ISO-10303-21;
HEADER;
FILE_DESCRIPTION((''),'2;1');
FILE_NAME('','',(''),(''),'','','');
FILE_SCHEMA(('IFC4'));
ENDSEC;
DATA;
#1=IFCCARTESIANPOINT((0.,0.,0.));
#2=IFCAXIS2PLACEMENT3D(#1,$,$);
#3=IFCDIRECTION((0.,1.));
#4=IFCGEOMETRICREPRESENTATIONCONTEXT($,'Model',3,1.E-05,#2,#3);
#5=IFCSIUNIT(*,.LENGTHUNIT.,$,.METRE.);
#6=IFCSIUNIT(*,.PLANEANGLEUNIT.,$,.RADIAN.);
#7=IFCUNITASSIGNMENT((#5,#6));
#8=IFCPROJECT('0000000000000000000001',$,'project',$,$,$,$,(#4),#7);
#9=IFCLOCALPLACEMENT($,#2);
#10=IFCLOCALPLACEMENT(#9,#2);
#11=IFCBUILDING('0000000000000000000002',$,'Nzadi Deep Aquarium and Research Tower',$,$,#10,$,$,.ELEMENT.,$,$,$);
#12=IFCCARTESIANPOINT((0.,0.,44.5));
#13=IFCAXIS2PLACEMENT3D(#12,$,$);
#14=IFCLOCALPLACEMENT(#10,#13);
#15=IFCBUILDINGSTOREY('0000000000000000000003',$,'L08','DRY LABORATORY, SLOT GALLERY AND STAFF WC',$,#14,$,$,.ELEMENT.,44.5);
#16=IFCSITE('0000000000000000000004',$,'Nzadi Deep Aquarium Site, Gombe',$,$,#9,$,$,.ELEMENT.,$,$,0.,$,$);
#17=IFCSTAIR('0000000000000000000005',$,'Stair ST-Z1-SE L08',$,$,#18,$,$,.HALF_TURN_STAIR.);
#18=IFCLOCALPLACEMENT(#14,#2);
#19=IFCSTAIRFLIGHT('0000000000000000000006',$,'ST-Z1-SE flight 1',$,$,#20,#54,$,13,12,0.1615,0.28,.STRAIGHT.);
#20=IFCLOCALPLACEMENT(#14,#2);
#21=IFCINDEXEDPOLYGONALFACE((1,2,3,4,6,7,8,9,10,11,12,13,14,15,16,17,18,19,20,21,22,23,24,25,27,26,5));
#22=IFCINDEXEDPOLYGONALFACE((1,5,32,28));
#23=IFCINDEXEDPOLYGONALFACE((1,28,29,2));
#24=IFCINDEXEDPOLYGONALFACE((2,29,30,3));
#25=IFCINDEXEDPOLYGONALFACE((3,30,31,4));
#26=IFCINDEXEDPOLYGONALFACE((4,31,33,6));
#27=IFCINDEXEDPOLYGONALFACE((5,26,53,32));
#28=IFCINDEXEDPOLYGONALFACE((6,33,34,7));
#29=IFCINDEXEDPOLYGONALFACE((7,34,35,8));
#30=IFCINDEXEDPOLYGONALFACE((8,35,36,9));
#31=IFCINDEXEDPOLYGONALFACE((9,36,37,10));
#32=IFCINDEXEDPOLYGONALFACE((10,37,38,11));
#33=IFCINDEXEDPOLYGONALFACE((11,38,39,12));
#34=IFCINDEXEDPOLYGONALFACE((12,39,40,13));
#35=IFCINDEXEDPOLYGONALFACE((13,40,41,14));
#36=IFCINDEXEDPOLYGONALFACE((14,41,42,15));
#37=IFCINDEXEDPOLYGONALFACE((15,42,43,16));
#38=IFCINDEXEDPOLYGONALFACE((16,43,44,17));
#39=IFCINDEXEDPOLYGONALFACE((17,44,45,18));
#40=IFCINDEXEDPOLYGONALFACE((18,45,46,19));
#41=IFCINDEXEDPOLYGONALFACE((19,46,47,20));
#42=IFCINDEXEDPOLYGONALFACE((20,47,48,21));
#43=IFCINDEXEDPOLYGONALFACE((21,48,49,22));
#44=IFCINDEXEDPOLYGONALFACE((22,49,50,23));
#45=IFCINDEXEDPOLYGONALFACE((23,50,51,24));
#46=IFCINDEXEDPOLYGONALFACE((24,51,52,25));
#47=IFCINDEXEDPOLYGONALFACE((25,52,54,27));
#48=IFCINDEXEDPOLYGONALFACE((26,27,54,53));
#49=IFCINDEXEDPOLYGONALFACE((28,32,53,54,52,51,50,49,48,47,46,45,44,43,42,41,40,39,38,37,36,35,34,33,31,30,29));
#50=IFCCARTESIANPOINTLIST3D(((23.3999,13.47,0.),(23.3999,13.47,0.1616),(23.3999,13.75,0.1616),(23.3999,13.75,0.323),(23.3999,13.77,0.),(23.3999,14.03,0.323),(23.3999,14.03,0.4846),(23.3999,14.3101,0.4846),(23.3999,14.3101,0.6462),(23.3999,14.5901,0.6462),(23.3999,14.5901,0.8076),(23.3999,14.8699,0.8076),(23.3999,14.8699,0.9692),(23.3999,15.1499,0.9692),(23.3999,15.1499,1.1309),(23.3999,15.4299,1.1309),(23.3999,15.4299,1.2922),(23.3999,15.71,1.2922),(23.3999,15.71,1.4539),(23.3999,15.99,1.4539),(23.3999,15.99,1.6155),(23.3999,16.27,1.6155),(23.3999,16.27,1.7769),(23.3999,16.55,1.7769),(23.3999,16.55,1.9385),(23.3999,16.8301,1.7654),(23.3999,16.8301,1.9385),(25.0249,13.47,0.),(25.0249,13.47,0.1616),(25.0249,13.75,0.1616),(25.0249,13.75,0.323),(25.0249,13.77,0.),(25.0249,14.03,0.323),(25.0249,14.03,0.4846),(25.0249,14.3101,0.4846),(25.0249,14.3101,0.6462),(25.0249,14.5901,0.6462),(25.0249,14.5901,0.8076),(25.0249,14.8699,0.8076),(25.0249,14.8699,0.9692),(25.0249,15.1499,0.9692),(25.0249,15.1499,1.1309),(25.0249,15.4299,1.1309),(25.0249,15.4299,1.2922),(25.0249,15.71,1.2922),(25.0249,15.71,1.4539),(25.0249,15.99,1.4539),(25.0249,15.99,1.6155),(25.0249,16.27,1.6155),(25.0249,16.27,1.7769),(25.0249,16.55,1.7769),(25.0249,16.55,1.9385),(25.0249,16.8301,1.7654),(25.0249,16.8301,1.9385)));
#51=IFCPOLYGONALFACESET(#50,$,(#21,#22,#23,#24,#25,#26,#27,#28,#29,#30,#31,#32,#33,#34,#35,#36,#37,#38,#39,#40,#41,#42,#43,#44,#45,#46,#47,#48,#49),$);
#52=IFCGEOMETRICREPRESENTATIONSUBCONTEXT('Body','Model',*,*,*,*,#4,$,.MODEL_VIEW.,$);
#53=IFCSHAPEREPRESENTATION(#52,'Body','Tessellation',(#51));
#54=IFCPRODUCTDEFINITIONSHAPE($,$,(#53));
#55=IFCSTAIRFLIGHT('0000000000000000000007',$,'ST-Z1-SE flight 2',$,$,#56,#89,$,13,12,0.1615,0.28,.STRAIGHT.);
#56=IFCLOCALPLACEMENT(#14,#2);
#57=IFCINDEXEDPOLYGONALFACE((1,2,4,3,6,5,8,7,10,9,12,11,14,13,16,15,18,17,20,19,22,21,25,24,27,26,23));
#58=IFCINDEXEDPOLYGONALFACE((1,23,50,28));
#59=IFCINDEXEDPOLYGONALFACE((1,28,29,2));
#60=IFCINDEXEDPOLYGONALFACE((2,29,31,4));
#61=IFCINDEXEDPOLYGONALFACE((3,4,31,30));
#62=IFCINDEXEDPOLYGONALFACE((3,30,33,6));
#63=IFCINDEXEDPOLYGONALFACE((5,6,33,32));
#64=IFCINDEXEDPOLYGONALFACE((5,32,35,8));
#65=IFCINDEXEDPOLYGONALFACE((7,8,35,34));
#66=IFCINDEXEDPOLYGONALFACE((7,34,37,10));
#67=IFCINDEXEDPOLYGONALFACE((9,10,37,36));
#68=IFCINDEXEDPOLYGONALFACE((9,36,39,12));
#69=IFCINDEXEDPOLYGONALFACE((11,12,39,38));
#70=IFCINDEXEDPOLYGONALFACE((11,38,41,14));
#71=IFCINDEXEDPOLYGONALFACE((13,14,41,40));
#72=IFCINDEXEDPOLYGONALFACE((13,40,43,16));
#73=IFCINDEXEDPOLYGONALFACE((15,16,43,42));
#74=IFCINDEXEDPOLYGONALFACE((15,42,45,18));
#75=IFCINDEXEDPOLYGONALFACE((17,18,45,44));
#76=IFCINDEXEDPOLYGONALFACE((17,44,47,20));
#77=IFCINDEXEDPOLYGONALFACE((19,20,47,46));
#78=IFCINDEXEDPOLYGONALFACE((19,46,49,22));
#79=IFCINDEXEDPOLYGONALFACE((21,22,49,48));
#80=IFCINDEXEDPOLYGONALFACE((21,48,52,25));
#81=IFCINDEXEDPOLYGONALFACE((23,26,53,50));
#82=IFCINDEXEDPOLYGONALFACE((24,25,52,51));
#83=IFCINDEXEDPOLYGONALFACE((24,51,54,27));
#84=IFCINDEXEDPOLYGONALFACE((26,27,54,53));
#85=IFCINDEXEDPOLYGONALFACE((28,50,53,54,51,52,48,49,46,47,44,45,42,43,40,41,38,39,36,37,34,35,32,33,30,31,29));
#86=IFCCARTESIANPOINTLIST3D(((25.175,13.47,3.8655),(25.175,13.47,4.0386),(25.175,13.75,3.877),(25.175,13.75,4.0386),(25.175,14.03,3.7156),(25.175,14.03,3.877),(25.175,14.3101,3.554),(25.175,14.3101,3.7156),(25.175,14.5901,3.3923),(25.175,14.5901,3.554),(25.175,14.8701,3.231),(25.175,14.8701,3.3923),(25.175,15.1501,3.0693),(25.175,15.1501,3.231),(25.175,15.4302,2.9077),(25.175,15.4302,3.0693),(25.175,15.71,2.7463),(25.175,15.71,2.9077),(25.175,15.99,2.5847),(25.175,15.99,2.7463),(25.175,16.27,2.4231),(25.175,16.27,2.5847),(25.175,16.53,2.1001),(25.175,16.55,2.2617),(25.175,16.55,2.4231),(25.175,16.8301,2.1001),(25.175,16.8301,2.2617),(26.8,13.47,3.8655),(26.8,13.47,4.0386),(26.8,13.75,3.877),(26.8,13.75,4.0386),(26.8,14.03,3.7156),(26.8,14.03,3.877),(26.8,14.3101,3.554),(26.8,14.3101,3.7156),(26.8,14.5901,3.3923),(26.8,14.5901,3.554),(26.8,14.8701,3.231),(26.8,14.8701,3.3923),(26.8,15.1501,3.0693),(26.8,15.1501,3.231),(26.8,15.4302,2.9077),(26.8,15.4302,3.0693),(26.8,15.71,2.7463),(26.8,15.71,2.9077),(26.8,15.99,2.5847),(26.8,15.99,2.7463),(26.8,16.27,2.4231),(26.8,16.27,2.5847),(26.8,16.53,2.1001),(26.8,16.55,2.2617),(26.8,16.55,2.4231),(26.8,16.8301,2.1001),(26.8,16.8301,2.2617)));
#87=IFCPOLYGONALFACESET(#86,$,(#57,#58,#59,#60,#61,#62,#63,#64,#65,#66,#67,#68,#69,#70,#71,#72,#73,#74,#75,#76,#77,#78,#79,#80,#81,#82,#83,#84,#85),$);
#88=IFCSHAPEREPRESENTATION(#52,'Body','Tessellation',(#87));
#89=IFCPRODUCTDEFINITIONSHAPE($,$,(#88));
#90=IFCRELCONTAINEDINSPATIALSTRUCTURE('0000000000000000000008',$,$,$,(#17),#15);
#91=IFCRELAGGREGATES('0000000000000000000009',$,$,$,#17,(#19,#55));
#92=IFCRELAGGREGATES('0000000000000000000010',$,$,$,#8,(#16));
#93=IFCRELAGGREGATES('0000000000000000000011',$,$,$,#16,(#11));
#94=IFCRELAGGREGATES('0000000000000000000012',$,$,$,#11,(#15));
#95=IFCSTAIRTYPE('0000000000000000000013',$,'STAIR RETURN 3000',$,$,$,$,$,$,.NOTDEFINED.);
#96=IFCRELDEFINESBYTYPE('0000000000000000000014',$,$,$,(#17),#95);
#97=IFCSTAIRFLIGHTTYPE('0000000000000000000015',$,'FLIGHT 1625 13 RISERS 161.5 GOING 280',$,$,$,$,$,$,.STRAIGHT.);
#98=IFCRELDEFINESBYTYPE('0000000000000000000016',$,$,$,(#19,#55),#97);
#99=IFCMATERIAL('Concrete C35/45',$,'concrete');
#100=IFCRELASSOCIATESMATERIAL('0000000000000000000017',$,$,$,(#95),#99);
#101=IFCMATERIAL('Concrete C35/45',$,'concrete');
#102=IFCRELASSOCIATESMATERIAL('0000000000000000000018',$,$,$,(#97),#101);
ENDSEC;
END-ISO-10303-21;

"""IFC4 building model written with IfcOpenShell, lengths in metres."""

from ifc_helpers import new_model, si_unit, direction, frame, origin, place, context, subcontext, project, spatial, polyline, outline, extrude, material, type_object, element, aggregate, save


model = new_model("IFC4")

# Units and contexts
model_context = context("Model", 3, precision=1e-05, world=origin(), true_north=direction((0.0, 1.0)))
body_context = subcontext(model_context, "Body", "Model", "MODEL_VIEW")
ifc_project = project(units=[si_unit("LENGTHUNIT", "METRE"), si_unit("PLANEANGLEUNIT", "RADIAN")], contexts=[model_context])

# Site, building, storey
site_placement = place(None, origin())
site = spatial("IfcSite", under=ifc_project, at=site_placement, Name="Nzadi Deep Aquarium Site, Gombe", CompositionType="ELEMENT", RefElevation=0.0)
building_placement = place(site_placement, origin())
building = spatial("IfcBuilding", under=site, at=building_placement, Name="Nzadi Deep Aquarium and Research Tower", CompositionType="ELEMENT")
storey_placement = place(building_placement, frame((0.0, 0.0, 44.5)))
storey = spatial("IfcBuildingStorey", under=building, at=storey_placement, Name="L08", Description="DRY LABORATORY, SLOT GALLERY AND STAFF WC", CompositionType="ELEMENT", Elevation=44.5)

# Stair, stair flights
ifc_material_1 = material(Name="Concrete C35/45", Category="concrete")
stair_type = type_object("IfcStairType", Name="STAIR RETURN 3000", PredefinedType="NOTDEFINED", material=ifc_material_1)
stair_placement = place(storey_placement, origin())
stair = element("IfcStair", 1, at=stair_placement, inside=storey, type_object=stair_type, Name="Stair ST-Z1-SE L08", PredefinedType="HALF_TURN_STAIR")
ifc_material_2 = material(Name="Concrete C35/45", Category="concrete")
stair_flight_type = type_object("IfcStairFlightType", Name="FLIGHT 1625 13 RISERS 161.5 GOING 280", PredefinedType="STRAIGHT", material=ifc_material_2)
stair_flight_1_placement = place(storey_placement, frame((24.2124, 13.47, 0.0), z_axis=(0.0, 0.0, 1.0), x_axis=(0.0, 1.0, 0.0)))
stair_flight_1 = element("IfcStairFlight", 2, at=stair_flight_1_placement, type_object=stair_flight_type, Name="ST-Z1-SE flight 1", NumberOfRisers=13, NumberOfTreads=12, PredefinedType="STRAIGHT", RiserHeight=0.1615, TreadLength=0.28, context=body_context, shape_type="SweptSolid", body=[
    extrude(outline(polyline([(0.0, 0.0), (0.0, 0.1616), (0.28, 0.1616), (0.28, 0.323), (0.5601, 0.323), (0.5601, 0.4846), (0.8401, 0.4846), (0.8401, 0.6462), (1.1201, 0.6462), (1.1201, 0.8076), (1.3999, 0.8076), (1.3999, 0.9692), (1.6799, 0.9692), (1.6799, 1.1309), (1.96, 1.1309), (1.96, 1.2922), (2.24, 1.2922), (2.24, 1.4539), (2.52, 1.4539), (2.52, 1.6155), (2.8, 1.6155), (2.8, 1.7769), (3.0801, 1.7769), (3.0801, 1.9385), (3.3601, 1.9385), (3.3601, 2.1001), (3.3601, 1.7654), (0.3, 0.0), (0.0, 0.0)])), frame((0.0, 0.8125, 0.0), z_axis=(0.0, -1.0, 0.0), x_axis=(1.0, 0.0, 0.0)), (0.0, 0.0, 1.0), 1.625),
])
stair_flight_2_placement = place(storey_placement, frame((25.9875, 16.8301, 2.1001), z_axis=(0.0, 0.0, 1.0), x_axis=(0.0, -1.0, 0.0)))
stair_flight_2 = element("IfcStairFlight", 3, at=stair_flight_2_placement, type_object=stair_flight_type, Name="ST-Z1-SE flight 2", NumberOfRisers=13, NumberOfTreads=12, PredefinedType="STRAIGHT", RiserHeight=0.1615, TreadLength=0.28, context=body_context, shape_type="SweptSolid", body=[
    extrude(outline(polyline([(0.0, 0.0), (0.0, 0.1616), (0.28, 0.1616), (0.28, 0.323), (0.5601, 0.323), (0.5601, 0.4846), (0.8401, 0.4846), (0.8401, 0.6462), (1.1201, 0.6462), (1.1201, 0.8076), (1.3999, 0.8076), (1.3999, 0.9692), (1.6799, 0.9692), (1.6799, 1.1309), (1.96, 1.1309), (1.96, 1.2922), (2.24, 1.2922), (2.24, 1.4539), (2.52, 1.4539), (2.52, 1.6155), (2.8, 1.6155), (2.8, 1.7769), (3.0801, 1.7769), (3.0801, 1.9385), (3.3601, 1.9385), (3.3601, 2.1001), (3.3601, 1.7654), (0.3, 0.0), (0.0, 0.0)])), frame((0.0, 0.8125, 0.0), z_axis=(0.0, -1.0, 0.0), x_axis=(1.0, 0.0, 0.0)), (0.0, 0.0, 1.0), 1.625),
])
aggregate(stair, [stair_flight_1, stair_flight_2])

save(model, "model.ifc")
